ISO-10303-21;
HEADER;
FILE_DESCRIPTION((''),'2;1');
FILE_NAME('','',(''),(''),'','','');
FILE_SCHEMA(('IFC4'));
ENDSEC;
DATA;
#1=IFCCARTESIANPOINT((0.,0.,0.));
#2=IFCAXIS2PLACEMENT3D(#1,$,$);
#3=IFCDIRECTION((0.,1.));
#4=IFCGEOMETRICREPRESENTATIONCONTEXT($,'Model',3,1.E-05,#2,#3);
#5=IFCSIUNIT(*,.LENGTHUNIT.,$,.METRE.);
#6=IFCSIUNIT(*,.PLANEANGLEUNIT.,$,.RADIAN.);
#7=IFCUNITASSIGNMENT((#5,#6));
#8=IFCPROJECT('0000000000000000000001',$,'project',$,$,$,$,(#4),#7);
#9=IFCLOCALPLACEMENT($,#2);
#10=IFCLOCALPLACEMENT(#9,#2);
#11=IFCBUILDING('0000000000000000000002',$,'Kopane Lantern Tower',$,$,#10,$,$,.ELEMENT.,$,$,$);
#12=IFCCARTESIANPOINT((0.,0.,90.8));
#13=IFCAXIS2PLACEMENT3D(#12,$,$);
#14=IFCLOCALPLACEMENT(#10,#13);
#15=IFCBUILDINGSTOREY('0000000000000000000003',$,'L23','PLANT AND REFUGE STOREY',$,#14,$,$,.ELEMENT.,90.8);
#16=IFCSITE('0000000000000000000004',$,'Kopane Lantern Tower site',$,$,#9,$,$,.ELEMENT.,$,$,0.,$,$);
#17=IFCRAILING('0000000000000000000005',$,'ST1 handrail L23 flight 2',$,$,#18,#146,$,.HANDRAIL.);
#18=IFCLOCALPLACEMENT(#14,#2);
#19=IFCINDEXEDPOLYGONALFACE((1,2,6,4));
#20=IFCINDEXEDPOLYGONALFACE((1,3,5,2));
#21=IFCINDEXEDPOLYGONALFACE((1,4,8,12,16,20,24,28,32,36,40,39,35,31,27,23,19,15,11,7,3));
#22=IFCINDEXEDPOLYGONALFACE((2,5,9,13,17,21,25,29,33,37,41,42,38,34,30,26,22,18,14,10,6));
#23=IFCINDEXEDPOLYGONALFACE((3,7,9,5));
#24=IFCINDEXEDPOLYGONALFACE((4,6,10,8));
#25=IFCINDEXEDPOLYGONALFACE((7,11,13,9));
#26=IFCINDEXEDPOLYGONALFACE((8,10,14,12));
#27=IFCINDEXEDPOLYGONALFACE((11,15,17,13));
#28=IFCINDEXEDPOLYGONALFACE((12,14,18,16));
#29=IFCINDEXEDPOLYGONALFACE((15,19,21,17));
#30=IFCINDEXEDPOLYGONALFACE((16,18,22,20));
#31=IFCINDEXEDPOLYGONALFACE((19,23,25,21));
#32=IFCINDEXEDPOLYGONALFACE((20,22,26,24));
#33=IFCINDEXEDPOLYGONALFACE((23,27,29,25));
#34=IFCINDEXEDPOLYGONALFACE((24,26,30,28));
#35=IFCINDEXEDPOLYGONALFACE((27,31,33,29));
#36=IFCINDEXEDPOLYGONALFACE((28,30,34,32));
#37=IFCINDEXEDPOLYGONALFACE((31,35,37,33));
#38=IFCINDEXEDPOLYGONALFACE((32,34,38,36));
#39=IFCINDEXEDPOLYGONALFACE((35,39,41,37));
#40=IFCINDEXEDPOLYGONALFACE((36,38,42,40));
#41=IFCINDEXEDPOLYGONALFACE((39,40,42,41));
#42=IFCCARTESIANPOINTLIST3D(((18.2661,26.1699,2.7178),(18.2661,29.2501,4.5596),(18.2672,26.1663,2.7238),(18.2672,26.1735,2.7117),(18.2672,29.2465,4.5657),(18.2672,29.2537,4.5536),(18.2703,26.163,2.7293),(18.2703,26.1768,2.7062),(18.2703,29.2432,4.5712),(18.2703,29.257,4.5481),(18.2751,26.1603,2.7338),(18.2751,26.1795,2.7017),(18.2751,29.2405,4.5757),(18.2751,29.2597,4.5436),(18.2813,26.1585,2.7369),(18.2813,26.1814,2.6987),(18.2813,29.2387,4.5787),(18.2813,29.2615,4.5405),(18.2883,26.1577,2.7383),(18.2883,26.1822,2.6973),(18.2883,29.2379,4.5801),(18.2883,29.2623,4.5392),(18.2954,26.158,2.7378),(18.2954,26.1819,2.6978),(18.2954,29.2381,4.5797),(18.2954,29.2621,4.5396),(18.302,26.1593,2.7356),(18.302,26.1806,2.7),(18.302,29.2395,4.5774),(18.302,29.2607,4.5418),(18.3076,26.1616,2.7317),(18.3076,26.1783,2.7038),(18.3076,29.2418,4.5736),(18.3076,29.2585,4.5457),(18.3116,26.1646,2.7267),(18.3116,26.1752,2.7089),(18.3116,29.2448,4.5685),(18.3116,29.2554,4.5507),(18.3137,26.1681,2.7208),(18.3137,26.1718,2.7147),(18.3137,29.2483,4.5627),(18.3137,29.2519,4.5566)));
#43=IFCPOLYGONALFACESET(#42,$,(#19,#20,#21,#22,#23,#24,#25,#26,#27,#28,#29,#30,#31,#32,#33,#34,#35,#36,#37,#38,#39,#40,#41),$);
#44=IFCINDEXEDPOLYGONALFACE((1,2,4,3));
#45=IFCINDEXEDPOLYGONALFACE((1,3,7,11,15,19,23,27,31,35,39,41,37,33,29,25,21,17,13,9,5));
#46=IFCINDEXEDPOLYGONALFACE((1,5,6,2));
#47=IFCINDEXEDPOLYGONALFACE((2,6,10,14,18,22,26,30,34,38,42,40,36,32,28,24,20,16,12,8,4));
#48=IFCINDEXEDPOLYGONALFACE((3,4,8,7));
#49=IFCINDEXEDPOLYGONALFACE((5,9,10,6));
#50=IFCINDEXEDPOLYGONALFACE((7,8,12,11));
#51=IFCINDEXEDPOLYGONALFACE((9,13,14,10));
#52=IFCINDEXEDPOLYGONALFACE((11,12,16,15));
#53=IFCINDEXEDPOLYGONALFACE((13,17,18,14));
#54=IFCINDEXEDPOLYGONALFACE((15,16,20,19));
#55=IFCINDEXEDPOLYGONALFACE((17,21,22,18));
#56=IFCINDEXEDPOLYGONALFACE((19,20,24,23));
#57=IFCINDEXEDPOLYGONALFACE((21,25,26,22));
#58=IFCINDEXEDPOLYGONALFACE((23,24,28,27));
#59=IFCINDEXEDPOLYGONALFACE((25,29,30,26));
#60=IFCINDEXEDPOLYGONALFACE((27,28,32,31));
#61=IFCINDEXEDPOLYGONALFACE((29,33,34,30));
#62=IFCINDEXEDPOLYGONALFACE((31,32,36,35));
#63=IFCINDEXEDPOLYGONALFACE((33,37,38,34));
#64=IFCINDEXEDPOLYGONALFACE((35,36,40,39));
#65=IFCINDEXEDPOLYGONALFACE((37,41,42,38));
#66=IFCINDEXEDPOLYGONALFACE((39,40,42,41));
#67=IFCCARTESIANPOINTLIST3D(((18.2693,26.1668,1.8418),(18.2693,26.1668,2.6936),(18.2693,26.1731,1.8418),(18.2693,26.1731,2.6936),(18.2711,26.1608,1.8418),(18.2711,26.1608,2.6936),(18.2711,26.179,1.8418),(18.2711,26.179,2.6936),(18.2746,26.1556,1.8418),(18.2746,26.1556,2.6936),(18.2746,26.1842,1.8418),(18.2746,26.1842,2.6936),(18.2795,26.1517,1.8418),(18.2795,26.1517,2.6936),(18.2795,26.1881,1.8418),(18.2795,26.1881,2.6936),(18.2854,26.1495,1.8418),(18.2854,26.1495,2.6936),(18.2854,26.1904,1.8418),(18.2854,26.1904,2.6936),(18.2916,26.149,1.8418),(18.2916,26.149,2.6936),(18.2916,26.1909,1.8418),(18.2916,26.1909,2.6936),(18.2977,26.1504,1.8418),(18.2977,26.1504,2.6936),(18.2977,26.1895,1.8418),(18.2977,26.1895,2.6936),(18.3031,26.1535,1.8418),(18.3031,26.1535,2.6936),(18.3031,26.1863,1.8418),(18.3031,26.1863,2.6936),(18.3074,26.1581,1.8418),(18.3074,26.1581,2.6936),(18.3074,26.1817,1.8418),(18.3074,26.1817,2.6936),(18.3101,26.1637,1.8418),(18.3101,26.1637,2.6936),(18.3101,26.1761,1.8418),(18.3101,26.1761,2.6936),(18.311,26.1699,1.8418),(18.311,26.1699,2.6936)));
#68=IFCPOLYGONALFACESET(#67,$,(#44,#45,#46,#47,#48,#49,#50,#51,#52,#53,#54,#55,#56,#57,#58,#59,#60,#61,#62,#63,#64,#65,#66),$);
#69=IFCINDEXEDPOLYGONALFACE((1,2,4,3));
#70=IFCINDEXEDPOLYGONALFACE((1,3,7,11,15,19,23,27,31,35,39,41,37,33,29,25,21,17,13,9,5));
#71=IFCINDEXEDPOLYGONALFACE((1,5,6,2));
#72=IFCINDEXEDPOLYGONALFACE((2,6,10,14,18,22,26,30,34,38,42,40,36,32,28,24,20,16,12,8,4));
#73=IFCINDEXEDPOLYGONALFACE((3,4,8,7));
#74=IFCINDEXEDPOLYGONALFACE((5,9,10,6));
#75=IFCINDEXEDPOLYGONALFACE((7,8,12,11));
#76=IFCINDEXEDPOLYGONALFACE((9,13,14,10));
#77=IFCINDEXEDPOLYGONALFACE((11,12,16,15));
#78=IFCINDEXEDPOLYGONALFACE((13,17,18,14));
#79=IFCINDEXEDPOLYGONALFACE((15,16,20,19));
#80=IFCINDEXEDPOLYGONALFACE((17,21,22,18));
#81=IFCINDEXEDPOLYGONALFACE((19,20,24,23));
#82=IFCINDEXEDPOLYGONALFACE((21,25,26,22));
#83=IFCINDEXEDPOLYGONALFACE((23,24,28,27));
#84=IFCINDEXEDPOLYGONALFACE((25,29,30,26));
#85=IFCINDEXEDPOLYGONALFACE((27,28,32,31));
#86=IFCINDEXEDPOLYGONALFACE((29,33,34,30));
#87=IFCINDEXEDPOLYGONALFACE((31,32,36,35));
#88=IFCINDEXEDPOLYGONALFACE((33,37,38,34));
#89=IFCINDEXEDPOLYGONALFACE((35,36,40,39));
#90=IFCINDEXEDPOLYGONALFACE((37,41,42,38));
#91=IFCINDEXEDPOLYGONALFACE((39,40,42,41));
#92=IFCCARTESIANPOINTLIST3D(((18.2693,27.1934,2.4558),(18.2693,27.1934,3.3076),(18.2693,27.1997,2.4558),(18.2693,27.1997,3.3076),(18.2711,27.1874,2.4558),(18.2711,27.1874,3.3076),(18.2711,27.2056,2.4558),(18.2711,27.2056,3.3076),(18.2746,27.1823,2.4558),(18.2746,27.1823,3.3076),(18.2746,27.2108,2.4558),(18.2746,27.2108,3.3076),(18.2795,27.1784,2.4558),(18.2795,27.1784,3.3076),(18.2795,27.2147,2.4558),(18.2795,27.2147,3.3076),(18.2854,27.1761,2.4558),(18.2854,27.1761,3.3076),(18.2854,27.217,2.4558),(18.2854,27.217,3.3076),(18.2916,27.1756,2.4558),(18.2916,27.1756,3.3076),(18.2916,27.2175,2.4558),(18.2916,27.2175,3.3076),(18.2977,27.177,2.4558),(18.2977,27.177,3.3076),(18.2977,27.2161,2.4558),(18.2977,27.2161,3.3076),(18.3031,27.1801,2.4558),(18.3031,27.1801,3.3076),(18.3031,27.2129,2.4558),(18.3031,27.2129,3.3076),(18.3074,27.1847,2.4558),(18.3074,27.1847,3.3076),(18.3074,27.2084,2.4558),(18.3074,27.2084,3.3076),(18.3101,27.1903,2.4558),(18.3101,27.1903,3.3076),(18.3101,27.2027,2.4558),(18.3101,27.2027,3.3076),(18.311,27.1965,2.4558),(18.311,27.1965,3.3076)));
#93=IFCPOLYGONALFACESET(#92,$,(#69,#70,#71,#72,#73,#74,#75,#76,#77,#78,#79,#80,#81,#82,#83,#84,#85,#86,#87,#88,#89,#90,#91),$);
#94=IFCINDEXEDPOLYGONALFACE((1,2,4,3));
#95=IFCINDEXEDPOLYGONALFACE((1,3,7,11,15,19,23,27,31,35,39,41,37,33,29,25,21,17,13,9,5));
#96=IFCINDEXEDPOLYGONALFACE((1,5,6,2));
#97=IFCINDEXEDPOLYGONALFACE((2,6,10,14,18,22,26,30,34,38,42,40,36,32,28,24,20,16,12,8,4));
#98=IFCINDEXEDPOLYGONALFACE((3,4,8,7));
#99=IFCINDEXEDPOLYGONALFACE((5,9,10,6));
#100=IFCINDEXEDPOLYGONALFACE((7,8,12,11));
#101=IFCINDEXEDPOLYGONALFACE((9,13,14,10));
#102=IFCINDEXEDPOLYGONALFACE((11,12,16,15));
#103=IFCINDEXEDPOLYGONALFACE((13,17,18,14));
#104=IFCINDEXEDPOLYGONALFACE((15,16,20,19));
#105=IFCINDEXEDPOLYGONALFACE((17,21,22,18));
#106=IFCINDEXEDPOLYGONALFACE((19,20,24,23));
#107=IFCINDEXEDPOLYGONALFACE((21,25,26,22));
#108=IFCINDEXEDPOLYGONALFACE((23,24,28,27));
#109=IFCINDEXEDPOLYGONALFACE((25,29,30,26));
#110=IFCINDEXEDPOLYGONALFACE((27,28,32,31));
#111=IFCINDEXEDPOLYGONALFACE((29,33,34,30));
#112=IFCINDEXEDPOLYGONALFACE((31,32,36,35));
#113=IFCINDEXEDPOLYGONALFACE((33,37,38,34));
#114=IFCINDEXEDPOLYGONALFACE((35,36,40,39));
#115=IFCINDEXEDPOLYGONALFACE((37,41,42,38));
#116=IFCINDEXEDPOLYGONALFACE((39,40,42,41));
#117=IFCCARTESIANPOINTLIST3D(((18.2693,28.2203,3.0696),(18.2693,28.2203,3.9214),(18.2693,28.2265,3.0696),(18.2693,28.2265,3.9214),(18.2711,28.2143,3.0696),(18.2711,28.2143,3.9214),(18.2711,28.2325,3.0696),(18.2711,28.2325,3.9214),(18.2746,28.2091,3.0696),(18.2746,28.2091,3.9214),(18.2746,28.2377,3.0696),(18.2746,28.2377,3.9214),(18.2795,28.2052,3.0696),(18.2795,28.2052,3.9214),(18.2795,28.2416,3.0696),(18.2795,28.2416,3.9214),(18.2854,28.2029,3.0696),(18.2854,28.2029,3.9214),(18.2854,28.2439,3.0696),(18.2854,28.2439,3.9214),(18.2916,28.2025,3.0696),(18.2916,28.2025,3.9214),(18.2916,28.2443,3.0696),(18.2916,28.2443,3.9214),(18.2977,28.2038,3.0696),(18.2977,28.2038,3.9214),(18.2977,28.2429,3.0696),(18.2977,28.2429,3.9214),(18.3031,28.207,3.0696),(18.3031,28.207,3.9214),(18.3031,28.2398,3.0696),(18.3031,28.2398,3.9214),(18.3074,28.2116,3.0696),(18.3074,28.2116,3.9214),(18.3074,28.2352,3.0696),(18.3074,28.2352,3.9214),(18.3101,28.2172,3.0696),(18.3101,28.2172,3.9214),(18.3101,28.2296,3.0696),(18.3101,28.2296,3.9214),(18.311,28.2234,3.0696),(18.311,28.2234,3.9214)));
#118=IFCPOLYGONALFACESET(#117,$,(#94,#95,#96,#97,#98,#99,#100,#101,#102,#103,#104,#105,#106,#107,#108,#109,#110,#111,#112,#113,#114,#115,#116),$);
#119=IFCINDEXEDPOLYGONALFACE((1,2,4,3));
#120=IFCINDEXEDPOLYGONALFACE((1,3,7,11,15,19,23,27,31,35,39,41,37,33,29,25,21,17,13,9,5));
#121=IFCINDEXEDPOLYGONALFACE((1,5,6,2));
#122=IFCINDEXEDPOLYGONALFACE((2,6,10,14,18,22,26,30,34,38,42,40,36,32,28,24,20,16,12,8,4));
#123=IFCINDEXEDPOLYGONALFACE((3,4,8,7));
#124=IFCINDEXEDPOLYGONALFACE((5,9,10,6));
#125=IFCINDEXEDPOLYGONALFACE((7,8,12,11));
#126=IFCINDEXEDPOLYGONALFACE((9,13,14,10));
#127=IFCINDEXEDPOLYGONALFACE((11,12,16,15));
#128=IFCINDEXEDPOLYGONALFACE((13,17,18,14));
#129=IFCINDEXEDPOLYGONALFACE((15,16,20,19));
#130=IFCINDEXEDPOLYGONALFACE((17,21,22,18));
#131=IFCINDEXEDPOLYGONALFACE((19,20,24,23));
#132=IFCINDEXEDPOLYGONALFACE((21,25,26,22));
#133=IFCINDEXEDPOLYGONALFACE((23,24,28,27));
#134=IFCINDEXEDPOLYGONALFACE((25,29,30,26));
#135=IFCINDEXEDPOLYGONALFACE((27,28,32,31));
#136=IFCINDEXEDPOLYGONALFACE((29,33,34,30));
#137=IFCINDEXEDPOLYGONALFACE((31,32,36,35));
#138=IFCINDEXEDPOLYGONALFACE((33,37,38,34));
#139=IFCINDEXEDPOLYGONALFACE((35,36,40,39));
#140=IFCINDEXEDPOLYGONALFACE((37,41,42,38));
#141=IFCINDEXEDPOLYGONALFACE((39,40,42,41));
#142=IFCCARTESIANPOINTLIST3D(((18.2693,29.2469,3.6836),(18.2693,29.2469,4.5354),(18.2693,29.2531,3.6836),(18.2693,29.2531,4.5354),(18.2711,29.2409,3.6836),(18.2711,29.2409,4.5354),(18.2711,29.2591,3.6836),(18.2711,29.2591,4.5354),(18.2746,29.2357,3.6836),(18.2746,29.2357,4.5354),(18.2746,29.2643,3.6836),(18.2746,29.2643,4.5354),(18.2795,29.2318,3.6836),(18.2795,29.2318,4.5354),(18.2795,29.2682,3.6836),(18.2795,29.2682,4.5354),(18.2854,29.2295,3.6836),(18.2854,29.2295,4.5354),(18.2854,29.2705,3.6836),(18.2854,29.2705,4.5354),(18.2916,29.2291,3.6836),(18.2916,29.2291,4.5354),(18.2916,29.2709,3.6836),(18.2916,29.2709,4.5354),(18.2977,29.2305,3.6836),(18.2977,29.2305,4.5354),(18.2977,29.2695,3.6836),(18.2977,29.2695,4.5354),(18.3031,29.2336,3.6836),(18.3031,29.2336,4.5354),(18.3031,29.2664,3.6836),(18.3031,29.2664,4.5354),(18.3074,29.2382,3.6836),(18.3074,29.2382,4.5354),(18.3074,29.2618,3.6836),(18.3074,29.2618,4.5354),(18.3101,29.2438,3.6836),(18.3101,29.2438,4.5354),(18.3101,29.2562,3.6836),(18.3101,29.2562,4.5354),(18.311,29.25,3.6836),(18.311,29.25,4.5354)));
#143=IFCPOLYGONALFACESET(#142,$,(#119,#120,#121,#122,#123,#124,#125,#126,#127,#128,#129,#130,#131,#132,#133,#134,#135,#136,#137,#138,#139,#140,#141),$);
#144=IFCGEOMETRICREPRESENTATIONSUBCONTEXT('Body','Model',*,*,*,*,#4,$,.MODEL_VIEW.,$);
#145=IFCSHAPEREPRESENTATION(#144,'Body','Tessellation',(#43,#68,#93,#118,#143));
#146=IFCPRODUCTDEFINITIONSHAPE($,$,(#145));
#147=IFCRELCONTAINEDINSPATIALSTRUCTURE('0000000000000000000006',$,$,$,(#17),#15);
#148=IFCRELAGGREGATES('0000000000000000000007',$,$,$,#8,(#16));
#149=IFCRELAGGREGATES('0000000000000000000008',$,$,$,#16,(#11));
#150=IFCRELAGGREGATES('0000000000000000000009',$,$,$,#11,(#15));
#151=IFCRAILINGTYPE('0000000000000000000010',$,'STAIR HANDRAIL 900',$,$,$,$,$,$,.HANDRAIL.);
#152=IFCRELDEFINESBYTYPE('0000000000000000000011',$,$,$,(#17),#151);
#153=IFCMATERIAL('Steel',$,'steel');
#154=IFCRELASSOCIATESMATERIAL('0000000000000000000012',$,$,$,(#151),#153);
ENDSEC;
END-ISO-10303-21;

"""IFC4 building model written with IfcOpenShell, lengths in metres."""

from ifc_helpers import new_model, si_unit, direction, frame, origin, origin_2d, place, context, subcontext, project, spatial, circle, extrude, material, type_object, element, save


model = new_model("IFC4")

# Units and contexts
model_context = context("Model", 3, precision=1e-05, world=origin(), true_north=direction((0.0, 1.0)))
body_context = subcontext(model_context, "Body", "Model", "MODEL_VIEW")
ifc_project = project(units=[si_unit("LENGTHUNIT", "METRE"), si_unit("PLANEANGLEUNIT", "RADIAN")], contexts=[model_context])

# Site, building, storey
site_placement = place(None, origin())
site = spatial("IfcSite", under=ifc_project, at=site_placement, Name="Kopane Lantern Tower site", CompositionType="ELEMENT", RefElevation=0.0)
building_placement = place(site_placement, origin())
building = spatial("IfcBuilding", under=site, at=building_placement, Name="Kopane Lantern Tower", CompositionType="ELEMENT")
storey_placement = place(building_placement, frame((0.0, 0.0, 90.8)))
storey = spatial("IfcBuildingStorey", under=building, at=storey_placement, Name="L23", Description="PLANT AND REFUGE STOREY", CompositionType="ELEMENT", Elevation=90.8)

# Railing
ifc_material_1 = material(Name="Steel", Category="steel")
railing_type = type_object("IfcRailingType", Name="STAIR HANDRAIL 900", PredefinedType="HANDRAIL", material=ifc_material_1)
for number, where, name in (
    (1, (18.29, 26.1699, 1.8418), "ST1 handrail L23 flight 2"),
):
    element("IfcRailing", number, at=place(storey_placement, frame(where)), inside=storey, type_object=railing_type, Name=name, PredefinedType="HANDRAIL", context=body_context, shape_type="SweptSolid", body=[
        extrude(circle(Radius=0.0239, at=origin_2d()), frame((0.0, 0.0, 0.876), z_axis=(0.0, 0.85826, 0.513215), x_axis=(-1.0, 0.0, 0.0)), (0.0, 0.0, 1.0), 3.5889),
        extrude(circle(Radius=0.021, at=origin_2d()), origin(), (0.0, 0.0, 1.0), 0.8518),
        extrude(circle(Radius=0.021, at=origin_2d()), frame((0.0, 1.0266, 0.614)), (0.0, 0.0, 1.0), 0.8518),
        extrude(circle(Radius=0.021, at=origin_2d()), frame((0.0, 2.0535, 1.2278)), (0.0, 0.0, 1.0), 0.8518),
        extrude(circle(Radius=0.021, at=origin_2d()), frame((0.0, 3.0801, 1.8418)), (0.0, 0.0, 1.0), 0.8518),
    ])

save(model, "model.ifc")
